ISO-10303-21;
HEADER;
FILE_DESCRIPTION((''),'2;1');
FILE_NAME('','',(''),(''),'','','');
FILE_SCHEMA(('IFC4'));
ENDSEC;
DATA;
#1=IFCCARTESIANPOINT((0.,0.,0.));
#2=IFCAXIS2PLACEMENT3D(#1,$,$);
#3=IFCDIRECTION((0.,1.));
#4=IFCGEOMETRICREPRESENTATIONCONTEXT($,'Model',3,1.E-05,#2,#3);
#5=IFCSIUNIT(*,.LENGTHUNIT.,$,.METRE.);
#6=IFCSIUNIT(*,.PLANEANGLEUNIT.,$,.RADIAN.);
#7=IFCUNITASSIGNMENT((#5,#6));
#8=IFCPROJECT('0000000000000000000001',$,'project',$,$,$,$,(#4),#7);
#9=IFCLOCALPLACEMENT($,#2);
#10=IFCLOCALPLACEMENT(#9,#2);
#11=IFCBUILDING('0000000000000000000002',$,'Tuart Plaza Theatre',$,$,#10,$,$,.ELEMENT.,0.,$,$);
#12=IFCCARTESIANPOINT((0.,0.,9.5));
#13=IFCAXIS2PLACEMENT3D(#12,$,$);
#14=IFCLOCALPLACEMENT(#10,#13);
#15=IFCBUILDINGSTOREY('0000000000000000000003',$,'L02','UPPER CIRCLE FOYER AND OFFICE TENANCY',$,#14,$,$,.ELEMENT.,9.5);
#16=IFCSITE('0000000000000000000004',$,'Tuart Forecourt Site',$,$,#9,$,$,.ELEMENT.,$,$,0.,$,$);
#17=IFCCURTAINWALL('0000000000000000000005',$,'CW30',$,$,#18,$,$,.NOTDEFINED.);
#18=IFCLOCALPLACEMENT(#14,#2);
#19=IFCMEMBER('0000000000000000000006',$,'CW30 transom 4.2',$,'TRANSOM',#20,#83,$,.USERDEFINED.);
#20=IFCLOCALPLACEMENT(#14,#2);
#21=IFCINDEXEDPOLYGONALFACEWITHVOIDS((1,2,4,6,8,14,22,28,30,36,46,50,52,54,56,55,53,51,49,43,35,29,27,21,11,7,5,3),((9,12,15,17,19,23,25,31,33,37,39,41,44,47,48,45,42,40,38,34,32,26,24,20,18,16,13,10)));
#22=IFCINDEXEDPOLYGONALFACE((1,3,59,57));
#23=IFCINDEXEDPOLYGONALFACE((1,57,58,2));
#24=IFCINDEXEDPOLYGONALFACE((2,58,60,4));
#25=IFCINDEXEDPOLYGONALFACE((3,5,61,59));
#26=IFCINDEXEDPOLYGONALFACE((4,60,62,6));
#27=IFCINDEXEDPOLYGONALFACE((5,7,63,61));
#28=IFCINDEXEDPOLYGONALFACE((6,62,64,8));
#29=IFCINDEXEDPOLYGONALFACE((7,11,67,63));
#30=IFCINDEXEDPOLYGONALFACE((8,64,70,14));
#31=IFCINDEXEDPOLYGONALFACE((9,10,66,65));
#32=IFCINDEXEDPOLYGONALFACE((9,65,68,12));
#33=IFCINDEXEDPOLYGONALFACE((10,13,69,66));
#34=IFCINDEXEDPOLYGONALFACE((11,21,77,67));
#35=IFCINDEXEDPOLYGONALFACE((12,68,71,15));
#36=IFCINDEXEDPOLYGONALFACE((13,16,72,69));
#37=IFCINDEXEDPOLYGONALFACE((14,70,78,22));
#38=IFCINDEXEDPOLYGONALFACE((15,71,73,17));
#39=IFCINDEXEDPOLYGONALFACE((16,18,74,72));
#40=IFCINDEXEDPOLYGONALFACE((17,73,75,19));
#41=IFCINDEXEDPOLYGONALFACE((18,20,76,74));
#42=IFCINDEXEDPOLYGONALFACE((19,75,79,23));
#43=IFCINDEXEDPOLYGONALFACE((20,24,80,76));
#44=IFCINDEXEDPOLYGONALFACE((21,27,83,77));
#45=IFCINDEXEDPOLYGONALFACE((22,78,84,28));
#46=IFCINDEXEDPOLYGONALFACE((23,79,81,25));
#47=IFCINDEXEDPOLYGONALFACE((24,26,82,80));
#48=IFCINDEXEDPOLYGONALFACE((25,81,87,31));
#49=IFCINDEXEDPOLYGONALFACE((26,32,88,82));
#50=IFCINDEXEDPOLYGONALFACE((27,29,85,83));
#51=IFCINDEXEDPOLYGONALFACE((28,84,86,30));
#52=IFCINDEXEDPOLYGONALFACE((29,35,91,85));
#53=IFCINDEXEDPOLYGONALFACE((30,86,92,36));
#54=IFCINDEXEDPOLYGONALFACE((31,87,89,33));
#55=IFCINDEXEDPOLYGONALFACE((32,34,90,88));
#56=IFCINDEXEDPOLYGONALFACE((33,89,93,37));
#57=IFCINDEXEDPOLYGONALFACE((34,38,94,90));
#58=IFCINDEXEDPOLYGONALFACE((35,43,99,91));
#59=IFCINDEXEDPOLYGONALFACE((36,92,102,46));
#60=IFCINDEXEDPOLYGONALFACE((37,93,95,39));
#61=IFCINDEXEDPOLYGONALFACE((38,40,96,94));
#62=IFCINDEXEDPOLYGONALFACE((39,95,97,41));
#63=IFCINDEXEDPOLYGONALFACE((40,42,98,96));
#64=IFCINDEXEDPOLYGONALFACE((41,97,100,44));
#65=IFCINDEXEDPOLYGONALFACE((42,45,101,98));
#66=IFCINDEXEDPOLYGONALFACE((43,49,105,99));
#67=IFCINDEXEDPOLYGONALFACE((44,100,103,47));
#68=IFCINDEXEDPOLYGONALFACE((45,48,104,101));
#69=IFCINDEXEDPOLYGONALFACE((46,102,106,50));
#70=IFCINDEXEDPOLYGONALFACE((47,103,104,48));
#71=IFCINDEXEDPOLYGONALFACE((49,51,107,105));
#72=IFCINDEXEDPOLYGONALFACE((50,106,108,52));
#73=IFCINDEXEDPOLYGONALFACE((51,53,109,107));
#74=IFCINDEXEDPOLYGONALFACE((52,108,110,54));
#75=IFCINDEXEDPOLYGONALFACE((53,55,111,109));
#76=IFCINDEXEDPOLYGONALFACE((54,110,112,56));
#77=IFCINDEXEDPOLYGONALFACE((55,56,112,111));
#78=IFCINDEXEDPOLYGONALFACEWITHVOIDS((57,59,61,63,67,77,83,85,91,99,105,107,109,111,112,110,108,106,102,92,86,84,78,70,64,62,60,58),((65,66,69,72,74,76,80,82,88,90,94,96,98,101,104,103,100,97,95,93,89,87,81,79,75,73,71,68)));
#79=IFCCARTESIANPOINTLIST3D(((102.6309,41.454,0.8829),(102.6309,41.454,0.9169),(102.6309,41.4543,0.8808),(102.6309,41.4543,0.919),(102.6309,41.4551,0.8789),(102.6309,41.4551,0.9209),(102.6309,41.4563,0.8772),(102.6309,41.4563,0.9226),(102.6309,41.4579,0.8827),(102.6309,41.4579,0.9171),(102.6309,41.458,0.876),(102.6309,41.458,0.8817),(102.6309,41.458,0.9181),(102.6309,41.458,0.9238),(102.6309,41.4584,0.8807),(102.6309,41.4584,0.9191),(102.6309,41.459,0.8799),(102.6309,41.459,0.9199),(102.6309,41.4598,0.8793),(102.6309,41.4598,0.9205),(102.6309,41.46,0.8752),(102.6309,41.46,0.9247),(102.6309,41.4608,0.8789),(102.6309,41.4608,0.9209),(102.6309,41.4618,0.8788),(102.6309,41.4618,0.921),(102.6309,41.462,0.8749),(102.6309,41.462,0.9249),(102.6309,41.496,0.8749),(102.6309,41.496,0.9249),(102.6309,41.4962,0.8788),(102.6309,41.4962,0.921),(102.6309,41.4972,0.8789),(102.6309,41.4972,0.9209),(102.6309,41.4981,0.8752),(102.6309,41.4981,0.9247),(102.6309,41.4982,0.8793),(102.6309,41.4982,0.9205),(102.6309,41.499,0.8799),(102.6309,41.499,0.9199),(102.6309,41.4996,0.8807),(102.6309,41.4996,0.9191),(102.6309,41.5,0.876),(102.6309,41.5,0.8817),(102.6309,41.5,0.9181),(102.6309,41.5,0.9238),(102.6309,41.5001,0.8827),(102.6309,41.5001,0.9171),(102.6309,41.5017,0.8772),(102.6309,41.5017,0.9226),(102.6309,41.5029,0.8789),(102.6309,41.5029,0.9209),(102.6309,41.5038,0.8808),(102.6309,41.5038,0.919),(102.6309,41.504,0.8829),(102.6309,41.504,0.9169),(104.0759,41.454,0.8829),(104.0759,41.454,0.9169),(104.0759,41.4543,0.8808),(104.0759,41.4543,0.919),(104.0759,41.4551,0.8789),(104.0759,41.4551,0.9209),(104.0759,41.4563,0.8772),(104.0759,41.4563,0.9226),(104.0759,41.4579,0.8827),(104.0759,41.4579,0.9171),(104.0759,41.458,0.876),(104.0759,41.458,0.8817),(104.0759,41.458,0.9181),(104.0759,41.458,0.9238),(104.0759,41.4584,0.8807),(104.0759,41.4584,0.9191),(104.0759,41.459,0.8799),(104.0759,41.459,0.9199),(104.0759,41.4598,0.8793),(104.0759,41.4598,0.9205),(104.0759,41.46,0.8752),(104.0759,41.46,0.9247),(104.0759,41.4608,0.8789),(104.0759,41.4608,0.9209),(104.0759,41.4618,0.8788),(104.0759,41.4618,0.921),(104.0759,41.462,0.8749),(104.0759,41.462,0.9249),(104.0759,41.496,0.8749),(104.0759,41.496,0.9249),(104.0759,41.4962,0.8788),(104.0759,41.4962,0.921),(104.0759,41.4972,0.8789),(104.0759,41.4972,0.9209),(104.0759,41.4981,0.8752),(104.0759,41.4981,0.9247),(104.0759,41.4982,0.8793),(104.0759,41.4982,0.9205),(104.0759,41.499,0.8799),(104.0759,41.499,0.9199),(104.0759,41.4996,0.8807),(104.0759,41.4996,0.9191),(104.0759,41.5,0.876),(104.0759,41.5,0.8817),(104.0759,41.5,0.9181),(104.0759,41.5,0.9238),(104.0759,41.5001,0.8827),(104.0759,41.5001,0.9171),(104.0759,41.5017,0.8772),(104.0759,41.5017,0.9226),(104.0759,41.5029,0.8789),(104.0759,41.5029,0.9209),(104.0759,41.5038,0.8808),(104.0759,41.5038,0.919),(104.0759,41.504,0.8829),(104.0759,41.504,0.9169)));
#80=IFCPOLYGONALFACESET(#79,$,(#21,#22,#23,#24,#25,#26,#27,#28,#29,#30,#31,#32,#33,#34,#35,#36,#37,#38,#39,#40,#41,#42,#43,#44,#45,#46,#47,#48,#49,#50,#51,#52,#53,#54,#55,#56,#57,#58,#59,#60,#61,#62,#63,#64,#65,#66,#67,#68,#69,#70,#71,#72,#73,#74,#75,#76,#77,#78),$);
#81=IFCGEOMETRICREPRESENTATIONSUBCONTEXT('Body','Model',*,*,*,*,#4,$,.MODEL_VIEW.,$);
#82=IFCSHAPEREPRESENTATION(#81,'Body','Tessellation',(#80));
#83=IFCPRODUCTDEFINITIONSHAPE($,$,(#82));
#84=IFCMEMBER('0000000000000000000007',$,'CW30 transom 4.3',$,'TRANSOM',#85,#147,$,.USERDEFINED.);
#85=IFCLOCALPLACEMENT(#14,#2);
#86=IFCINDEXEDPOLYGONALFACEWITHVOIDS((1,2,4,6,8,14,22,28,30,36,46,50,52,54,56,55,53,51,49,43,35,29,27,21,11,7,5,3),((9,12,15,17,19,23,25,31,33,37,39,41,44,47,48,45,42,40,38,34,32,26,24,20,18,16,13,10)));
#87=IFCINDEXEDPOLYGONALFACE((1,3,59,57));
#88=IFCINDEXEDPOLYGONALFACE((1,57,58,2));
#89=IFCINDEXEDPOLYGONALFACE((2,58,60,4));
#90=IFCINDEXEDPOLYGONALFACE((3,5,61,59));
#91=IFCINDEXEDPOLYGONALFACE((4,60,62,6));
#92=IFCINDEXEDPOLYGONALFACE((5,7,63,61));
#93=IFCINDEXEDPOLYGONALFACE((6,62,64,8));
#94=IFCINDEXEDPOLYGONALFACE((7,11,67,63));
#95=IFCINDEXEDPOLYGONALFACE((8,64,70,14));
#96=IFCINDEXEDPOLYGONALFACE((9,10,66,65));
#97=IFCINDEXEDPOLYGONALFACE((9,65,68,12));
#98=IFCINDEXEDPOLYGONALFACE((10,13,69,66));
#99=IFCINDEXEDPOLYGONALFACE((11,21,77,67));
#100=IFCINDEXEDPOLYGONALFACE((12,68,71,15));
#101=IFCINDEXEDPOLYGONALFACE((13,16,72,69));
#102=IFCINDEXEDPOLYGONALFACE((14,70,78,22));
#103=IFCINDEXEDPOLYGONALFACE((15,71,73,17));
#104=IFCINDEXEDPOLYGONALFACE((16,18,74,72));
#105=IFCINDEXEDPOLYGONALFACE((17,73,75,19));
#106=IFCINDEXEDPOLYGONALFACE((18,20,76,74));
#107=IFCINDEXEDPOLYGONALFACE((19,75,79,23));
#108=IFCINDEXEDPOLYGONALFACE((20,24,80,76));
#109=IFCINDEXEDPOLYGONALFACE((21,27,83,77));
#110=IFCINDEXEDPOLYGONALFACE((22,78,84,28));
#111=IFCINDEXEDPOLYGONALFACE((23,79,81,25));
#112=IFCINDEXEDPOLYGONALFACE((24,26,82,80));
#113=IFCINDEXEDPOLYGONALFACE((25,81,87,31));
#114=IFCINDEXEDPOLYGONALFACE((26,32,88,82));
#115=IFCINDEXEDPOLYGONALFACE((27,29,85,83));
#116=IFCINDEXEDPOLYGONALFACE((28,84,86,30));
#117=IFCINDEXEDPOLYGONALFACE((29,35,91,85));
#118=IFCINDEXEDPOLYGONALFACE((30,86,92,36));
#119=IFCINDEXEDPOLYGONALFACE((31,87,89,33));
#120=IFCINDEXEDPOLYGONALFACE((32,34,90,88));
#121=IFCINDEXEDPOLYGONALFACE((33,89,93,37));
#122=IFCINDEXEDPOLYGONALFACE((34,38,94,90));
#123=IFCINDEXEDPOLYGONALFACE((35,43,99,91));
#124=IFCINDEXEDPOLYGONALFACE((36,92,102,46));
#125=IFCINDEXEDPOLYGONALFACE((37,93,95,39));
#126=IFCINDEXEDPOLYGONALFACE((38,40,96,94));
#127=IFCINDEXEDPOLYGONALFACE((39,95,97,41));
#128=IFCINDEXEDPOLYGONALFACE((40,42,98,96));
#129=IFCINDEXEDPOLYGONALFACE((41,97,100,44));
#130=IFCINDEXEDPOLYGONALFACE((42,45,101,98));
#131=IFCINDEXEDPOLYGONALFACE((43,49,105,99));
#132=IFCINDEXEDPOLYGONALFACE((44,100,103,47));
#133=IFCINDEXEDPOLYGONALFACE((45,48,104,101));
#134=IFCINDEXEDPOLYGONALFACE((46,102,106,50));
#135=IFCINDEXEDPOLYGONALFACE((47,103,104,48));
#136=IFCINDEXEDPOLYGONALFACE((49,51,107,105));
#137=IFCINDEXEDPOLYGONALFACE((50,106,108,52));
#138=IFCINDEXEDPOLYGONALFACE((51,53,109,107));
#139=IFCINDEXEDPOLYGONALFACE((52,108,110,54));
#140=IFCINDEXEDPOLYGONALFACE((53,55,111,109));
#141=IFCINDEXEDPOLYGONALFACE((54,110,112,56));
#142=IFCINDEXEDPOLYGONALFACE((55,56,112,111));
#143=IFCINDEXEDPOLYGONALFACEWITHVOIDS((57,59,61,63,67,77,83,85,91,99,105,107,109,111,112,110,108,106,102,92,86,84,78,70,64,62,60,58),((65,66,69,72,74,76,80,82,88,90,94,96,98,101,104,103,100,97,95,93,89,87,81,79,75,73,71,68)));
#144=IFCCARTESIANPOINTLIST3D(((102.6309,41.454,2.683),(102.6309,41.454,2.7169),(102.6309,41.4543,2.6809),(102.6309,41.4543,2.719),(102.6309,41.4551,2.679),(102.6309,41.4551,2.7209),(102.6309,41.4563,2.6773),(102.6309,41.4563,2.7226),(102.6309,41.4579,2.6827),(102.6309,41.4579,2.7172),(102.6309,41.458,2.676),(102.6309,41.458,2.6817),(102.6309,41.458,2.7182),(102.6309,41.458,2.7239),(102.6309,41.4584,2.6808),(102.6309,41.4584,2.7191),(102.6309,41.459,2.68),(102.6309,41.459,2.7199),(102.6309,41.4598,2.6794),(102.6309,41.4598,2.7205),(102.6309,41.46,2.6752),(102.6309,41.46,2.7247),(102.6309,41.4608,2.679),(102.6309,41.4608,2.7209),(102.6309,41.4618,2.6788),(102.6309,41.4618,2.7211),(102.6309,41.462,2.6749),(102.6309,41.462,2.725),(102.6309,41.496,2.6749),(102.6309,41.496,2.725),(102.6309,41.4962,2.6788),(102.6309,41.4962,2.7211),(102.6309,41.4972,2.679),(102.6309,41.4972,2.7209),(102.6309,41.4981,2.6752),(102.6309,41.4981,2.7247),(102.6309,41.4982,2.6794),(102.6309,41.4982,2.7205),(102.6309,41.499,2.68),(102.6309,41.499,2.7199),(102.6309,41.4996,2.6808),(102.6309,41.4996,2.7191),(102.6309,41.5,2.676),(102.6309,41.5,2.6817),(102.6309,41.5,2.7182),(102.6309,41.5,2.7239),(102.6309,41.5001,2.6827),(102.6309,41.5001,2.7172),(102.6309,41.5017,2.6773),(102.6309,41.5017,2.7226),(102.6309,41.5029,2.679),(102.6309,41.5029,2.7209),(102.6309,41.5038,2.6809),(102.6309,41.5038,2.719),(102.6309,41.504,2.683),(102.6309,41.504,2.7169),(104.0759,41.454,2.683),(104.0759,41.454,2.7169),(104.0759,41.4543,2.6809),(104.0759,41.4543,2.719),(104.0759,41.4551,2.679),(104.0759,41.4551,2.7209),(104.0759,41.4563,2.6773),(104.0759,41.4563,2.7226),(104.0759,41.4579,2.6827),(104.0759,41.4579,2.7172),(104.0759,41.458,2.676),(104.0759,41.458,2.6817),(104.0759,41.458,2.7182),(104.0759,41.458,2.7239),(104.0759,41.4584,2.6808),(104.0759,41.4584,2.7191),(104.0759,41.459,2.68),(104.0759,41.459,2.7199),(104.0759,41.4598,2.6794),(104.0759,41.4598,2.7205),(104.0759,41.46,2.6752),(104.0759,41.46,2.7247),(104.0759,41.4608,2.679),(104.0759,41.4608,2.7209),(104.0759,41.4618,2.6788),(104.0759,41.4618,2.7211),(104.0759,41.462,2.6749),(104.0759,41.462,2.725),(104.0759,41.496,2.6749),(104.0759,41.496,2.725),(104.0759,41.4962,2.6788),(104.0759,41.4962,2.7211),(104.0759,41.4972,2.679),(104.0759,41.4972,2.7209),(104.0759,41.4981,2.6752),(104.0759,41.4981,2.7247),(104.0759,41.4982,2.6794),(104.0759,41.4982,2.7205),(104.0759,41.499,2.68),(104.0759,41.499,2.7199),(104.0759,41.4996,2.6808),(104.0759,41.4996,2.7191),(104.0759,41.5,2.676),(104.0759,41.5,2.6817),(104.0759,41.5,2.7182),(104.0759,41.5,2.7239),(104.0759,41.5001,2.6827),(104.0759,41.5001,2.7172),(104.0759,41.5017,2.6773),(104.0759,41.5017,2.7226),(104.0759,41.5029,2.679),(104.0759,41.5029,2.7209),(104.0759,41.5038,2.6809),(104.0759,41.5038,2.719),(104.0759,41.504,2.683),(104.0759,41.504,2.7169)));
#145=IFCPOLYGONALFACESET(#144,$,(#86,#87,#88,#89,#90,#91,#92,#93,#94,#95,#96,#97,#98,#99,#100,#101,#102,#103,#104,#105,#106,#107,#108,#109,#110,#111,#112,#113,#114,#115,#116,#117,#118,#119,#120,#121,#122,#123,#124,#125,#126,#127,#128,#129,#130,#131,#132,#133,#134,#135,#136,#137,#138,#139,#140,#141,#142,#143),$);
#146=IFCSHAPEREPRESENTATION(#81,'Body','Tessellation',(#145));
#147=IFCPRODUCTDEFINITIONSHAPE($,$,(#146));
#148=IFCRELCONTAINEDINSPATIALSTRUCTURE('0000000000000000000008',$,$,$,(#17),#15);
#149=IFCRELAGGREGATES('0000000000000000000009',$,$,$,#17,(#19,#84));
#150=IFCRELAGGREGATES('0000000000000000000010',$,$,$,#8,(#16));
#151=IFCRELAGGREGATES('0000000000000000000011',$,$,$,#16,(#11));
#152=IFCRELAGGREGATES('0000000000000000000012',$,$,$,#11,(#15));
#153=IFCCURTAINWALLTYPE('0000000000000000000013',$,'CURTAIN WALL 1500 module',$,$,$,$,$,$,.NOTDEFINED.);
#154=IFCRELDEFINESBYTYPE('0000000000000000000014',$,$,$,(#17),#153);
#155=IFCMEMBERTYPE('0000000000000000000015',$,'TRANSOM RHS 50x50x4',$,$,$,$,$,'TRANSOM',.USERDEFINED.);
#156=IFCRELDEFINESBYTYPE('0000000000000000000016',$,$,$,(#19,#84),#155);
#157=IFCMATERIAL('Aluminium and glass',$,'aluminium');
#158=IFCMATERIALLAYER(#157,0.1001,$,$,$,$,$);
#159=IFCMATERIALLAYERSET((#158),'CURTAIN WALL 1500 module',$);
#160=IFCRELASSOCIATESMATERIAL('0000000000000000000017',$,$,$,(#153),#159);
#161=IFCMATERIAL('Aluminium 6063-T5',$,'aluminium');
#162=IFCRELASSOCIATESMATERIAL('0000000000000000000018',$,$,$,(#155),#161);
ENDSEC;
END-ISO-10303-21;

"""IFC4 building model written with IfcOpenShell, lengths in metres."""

from ifc_helpers import new_model, si_unit, direction, frame, origin, origin_2d, place, context, subcontext, project, spatial, hollow_rectangle, extrude, material, layer, layer_set, material_profile, profile_set, type_object, element, aggregate, save


model = new_model("IFC4")

# Units and contexts
model_context = context("Model", 3, precision=1e-05, world=origin(), true_north=direction((0.0, 1.0)))
body_context = subcontext(model_context, "Body", "Model", "MODEL_VIEW")
ifc_project = project(units=[si_unit("LENGTHUNIT", "METRE"), si_unit("PLANEANGLEUNIT", "RADIAN")], contexts=[model_context])

# Site, building, storey
site_placement = place(None, origin())
site = spatial("IfcSite", under=ifc_project, at=site_placement, Name="Tuart Forecourt Site", CompositionType="ELEMENT", RefElevation=0.0)
building_placement = place(site_placement, origin())
building = spatial("IfcBuilding", under=site, at=building_placement, Name="Tuart Plaza Theatre", CompositionType="ELEMENT", ElevationOfRefHeight=0.0)
storey_placement = place(building_placement, frame((0.0, 0.0, 9.5)))
storey = spatial("IfcBuildingStorey", under=building, at=storey_placement, Name="L02", Description="UPPER CIRCLE FOYER AND OFFICE TENANCY", CompositionType="ELEMENT", Elevation=9.5)

# Curtain wall, members
ifc_material_1 = material(Name="Aluminium and glass", Category="aluminium")
ifc_layer_1 = layer(ifc_material_1, 0.1001)
ifc_layer_set_1 = layer_set([ifc_layer_1], Name="CURTAIN WALL 1500 module")
curtain_wall_type = type_object("IfcCurtainWallType", Name="CURTAIN WALL 1500 module", PredefinedType="NOTDEFINED", material=ifc_layer_set_1)
curtain_wall_placement = place(storey_placement, origin())
curtain_wall = element("IfcCurtainWall", 1, at=curtain_wall_placement, inside=storey, type_object=curtain_wall_type, Name="CW30", PredefinedType="NOTDEFINED")
ifc_material_2 = material(Name="Aluminium 6063-T5", Category="aluminium")
ifc_material_profile_1 = material_profile(ifc_material_2, hollow_rectangle(XDim=0.05, YDim=0.05, WallThickness=0.0039, InnerFilletRadius=0.0039, OuterFilletRadius=0.0081, at=origin_2d()), Name="RHS 50x50x4")
ifc_profile_set_1 = profile_set([ifc_material_profile_1], Name="Aluminium 6063-T5")
member_type_1 = type_object("IfcMemberType", Name="TRANSOM RHS 50x50x4", ElementType="TRANSOM", PredefinedType="USERDEFINED", material=ifc_profile_set_1)
member_1_placement = place(storey_placement, frame((102.6309, 41.479, 0.8999), z_axis=(1.0, 0.0, 0.0), x_axis=(0.0, 1.0, 0.0)))
member_1 = element("IfcMember", 2, at=member_1_placement, type_object=member_type_1, Name="CW30 transom 4.2", ObjectType="TRANSOM", PredefinedType="USERDEFINED", context=body_context, shape_type="SweptSolid", body=[
    extrude(hollow_rectangle(XDim=0.05, YDim=0.05, WallThickness=0.0039, InnerFilletRadius=0.0039, OuterFilletRadius=0.0081, at=origin_2d()), origin(), (0.0, 0.0, 1.0), 1.4451),
])
member_2_placement = place(storey_placement, frame((102.6309, 41.479, 2.7), z_axis=(1.0, 0.0, 0.0), x_axis=(0.0, 1.0, 0.0)))
member_2 = element("IfcMember", 3, at=member_2_placement, type_object=member_type_1, Name="CW30 transom 4.3", ObjectType="TRANSOM", PredefinedType="USERDEFINED", context=body_context, shape_type="SweptSolid", body=[
    extrude(hollow_rectangle(XDim=0.05, YDim=0.05, WallThickness=0.0039, InnerFilletRadius=0.0039, OuterFilletRadius=0.0081, at=origin_2d()), origin(), (0.0, 0.0, 1.0), 1.4451),
])
aggregate(curtain_wall, [member_1, member_2])

save(model, "model.ifc")
